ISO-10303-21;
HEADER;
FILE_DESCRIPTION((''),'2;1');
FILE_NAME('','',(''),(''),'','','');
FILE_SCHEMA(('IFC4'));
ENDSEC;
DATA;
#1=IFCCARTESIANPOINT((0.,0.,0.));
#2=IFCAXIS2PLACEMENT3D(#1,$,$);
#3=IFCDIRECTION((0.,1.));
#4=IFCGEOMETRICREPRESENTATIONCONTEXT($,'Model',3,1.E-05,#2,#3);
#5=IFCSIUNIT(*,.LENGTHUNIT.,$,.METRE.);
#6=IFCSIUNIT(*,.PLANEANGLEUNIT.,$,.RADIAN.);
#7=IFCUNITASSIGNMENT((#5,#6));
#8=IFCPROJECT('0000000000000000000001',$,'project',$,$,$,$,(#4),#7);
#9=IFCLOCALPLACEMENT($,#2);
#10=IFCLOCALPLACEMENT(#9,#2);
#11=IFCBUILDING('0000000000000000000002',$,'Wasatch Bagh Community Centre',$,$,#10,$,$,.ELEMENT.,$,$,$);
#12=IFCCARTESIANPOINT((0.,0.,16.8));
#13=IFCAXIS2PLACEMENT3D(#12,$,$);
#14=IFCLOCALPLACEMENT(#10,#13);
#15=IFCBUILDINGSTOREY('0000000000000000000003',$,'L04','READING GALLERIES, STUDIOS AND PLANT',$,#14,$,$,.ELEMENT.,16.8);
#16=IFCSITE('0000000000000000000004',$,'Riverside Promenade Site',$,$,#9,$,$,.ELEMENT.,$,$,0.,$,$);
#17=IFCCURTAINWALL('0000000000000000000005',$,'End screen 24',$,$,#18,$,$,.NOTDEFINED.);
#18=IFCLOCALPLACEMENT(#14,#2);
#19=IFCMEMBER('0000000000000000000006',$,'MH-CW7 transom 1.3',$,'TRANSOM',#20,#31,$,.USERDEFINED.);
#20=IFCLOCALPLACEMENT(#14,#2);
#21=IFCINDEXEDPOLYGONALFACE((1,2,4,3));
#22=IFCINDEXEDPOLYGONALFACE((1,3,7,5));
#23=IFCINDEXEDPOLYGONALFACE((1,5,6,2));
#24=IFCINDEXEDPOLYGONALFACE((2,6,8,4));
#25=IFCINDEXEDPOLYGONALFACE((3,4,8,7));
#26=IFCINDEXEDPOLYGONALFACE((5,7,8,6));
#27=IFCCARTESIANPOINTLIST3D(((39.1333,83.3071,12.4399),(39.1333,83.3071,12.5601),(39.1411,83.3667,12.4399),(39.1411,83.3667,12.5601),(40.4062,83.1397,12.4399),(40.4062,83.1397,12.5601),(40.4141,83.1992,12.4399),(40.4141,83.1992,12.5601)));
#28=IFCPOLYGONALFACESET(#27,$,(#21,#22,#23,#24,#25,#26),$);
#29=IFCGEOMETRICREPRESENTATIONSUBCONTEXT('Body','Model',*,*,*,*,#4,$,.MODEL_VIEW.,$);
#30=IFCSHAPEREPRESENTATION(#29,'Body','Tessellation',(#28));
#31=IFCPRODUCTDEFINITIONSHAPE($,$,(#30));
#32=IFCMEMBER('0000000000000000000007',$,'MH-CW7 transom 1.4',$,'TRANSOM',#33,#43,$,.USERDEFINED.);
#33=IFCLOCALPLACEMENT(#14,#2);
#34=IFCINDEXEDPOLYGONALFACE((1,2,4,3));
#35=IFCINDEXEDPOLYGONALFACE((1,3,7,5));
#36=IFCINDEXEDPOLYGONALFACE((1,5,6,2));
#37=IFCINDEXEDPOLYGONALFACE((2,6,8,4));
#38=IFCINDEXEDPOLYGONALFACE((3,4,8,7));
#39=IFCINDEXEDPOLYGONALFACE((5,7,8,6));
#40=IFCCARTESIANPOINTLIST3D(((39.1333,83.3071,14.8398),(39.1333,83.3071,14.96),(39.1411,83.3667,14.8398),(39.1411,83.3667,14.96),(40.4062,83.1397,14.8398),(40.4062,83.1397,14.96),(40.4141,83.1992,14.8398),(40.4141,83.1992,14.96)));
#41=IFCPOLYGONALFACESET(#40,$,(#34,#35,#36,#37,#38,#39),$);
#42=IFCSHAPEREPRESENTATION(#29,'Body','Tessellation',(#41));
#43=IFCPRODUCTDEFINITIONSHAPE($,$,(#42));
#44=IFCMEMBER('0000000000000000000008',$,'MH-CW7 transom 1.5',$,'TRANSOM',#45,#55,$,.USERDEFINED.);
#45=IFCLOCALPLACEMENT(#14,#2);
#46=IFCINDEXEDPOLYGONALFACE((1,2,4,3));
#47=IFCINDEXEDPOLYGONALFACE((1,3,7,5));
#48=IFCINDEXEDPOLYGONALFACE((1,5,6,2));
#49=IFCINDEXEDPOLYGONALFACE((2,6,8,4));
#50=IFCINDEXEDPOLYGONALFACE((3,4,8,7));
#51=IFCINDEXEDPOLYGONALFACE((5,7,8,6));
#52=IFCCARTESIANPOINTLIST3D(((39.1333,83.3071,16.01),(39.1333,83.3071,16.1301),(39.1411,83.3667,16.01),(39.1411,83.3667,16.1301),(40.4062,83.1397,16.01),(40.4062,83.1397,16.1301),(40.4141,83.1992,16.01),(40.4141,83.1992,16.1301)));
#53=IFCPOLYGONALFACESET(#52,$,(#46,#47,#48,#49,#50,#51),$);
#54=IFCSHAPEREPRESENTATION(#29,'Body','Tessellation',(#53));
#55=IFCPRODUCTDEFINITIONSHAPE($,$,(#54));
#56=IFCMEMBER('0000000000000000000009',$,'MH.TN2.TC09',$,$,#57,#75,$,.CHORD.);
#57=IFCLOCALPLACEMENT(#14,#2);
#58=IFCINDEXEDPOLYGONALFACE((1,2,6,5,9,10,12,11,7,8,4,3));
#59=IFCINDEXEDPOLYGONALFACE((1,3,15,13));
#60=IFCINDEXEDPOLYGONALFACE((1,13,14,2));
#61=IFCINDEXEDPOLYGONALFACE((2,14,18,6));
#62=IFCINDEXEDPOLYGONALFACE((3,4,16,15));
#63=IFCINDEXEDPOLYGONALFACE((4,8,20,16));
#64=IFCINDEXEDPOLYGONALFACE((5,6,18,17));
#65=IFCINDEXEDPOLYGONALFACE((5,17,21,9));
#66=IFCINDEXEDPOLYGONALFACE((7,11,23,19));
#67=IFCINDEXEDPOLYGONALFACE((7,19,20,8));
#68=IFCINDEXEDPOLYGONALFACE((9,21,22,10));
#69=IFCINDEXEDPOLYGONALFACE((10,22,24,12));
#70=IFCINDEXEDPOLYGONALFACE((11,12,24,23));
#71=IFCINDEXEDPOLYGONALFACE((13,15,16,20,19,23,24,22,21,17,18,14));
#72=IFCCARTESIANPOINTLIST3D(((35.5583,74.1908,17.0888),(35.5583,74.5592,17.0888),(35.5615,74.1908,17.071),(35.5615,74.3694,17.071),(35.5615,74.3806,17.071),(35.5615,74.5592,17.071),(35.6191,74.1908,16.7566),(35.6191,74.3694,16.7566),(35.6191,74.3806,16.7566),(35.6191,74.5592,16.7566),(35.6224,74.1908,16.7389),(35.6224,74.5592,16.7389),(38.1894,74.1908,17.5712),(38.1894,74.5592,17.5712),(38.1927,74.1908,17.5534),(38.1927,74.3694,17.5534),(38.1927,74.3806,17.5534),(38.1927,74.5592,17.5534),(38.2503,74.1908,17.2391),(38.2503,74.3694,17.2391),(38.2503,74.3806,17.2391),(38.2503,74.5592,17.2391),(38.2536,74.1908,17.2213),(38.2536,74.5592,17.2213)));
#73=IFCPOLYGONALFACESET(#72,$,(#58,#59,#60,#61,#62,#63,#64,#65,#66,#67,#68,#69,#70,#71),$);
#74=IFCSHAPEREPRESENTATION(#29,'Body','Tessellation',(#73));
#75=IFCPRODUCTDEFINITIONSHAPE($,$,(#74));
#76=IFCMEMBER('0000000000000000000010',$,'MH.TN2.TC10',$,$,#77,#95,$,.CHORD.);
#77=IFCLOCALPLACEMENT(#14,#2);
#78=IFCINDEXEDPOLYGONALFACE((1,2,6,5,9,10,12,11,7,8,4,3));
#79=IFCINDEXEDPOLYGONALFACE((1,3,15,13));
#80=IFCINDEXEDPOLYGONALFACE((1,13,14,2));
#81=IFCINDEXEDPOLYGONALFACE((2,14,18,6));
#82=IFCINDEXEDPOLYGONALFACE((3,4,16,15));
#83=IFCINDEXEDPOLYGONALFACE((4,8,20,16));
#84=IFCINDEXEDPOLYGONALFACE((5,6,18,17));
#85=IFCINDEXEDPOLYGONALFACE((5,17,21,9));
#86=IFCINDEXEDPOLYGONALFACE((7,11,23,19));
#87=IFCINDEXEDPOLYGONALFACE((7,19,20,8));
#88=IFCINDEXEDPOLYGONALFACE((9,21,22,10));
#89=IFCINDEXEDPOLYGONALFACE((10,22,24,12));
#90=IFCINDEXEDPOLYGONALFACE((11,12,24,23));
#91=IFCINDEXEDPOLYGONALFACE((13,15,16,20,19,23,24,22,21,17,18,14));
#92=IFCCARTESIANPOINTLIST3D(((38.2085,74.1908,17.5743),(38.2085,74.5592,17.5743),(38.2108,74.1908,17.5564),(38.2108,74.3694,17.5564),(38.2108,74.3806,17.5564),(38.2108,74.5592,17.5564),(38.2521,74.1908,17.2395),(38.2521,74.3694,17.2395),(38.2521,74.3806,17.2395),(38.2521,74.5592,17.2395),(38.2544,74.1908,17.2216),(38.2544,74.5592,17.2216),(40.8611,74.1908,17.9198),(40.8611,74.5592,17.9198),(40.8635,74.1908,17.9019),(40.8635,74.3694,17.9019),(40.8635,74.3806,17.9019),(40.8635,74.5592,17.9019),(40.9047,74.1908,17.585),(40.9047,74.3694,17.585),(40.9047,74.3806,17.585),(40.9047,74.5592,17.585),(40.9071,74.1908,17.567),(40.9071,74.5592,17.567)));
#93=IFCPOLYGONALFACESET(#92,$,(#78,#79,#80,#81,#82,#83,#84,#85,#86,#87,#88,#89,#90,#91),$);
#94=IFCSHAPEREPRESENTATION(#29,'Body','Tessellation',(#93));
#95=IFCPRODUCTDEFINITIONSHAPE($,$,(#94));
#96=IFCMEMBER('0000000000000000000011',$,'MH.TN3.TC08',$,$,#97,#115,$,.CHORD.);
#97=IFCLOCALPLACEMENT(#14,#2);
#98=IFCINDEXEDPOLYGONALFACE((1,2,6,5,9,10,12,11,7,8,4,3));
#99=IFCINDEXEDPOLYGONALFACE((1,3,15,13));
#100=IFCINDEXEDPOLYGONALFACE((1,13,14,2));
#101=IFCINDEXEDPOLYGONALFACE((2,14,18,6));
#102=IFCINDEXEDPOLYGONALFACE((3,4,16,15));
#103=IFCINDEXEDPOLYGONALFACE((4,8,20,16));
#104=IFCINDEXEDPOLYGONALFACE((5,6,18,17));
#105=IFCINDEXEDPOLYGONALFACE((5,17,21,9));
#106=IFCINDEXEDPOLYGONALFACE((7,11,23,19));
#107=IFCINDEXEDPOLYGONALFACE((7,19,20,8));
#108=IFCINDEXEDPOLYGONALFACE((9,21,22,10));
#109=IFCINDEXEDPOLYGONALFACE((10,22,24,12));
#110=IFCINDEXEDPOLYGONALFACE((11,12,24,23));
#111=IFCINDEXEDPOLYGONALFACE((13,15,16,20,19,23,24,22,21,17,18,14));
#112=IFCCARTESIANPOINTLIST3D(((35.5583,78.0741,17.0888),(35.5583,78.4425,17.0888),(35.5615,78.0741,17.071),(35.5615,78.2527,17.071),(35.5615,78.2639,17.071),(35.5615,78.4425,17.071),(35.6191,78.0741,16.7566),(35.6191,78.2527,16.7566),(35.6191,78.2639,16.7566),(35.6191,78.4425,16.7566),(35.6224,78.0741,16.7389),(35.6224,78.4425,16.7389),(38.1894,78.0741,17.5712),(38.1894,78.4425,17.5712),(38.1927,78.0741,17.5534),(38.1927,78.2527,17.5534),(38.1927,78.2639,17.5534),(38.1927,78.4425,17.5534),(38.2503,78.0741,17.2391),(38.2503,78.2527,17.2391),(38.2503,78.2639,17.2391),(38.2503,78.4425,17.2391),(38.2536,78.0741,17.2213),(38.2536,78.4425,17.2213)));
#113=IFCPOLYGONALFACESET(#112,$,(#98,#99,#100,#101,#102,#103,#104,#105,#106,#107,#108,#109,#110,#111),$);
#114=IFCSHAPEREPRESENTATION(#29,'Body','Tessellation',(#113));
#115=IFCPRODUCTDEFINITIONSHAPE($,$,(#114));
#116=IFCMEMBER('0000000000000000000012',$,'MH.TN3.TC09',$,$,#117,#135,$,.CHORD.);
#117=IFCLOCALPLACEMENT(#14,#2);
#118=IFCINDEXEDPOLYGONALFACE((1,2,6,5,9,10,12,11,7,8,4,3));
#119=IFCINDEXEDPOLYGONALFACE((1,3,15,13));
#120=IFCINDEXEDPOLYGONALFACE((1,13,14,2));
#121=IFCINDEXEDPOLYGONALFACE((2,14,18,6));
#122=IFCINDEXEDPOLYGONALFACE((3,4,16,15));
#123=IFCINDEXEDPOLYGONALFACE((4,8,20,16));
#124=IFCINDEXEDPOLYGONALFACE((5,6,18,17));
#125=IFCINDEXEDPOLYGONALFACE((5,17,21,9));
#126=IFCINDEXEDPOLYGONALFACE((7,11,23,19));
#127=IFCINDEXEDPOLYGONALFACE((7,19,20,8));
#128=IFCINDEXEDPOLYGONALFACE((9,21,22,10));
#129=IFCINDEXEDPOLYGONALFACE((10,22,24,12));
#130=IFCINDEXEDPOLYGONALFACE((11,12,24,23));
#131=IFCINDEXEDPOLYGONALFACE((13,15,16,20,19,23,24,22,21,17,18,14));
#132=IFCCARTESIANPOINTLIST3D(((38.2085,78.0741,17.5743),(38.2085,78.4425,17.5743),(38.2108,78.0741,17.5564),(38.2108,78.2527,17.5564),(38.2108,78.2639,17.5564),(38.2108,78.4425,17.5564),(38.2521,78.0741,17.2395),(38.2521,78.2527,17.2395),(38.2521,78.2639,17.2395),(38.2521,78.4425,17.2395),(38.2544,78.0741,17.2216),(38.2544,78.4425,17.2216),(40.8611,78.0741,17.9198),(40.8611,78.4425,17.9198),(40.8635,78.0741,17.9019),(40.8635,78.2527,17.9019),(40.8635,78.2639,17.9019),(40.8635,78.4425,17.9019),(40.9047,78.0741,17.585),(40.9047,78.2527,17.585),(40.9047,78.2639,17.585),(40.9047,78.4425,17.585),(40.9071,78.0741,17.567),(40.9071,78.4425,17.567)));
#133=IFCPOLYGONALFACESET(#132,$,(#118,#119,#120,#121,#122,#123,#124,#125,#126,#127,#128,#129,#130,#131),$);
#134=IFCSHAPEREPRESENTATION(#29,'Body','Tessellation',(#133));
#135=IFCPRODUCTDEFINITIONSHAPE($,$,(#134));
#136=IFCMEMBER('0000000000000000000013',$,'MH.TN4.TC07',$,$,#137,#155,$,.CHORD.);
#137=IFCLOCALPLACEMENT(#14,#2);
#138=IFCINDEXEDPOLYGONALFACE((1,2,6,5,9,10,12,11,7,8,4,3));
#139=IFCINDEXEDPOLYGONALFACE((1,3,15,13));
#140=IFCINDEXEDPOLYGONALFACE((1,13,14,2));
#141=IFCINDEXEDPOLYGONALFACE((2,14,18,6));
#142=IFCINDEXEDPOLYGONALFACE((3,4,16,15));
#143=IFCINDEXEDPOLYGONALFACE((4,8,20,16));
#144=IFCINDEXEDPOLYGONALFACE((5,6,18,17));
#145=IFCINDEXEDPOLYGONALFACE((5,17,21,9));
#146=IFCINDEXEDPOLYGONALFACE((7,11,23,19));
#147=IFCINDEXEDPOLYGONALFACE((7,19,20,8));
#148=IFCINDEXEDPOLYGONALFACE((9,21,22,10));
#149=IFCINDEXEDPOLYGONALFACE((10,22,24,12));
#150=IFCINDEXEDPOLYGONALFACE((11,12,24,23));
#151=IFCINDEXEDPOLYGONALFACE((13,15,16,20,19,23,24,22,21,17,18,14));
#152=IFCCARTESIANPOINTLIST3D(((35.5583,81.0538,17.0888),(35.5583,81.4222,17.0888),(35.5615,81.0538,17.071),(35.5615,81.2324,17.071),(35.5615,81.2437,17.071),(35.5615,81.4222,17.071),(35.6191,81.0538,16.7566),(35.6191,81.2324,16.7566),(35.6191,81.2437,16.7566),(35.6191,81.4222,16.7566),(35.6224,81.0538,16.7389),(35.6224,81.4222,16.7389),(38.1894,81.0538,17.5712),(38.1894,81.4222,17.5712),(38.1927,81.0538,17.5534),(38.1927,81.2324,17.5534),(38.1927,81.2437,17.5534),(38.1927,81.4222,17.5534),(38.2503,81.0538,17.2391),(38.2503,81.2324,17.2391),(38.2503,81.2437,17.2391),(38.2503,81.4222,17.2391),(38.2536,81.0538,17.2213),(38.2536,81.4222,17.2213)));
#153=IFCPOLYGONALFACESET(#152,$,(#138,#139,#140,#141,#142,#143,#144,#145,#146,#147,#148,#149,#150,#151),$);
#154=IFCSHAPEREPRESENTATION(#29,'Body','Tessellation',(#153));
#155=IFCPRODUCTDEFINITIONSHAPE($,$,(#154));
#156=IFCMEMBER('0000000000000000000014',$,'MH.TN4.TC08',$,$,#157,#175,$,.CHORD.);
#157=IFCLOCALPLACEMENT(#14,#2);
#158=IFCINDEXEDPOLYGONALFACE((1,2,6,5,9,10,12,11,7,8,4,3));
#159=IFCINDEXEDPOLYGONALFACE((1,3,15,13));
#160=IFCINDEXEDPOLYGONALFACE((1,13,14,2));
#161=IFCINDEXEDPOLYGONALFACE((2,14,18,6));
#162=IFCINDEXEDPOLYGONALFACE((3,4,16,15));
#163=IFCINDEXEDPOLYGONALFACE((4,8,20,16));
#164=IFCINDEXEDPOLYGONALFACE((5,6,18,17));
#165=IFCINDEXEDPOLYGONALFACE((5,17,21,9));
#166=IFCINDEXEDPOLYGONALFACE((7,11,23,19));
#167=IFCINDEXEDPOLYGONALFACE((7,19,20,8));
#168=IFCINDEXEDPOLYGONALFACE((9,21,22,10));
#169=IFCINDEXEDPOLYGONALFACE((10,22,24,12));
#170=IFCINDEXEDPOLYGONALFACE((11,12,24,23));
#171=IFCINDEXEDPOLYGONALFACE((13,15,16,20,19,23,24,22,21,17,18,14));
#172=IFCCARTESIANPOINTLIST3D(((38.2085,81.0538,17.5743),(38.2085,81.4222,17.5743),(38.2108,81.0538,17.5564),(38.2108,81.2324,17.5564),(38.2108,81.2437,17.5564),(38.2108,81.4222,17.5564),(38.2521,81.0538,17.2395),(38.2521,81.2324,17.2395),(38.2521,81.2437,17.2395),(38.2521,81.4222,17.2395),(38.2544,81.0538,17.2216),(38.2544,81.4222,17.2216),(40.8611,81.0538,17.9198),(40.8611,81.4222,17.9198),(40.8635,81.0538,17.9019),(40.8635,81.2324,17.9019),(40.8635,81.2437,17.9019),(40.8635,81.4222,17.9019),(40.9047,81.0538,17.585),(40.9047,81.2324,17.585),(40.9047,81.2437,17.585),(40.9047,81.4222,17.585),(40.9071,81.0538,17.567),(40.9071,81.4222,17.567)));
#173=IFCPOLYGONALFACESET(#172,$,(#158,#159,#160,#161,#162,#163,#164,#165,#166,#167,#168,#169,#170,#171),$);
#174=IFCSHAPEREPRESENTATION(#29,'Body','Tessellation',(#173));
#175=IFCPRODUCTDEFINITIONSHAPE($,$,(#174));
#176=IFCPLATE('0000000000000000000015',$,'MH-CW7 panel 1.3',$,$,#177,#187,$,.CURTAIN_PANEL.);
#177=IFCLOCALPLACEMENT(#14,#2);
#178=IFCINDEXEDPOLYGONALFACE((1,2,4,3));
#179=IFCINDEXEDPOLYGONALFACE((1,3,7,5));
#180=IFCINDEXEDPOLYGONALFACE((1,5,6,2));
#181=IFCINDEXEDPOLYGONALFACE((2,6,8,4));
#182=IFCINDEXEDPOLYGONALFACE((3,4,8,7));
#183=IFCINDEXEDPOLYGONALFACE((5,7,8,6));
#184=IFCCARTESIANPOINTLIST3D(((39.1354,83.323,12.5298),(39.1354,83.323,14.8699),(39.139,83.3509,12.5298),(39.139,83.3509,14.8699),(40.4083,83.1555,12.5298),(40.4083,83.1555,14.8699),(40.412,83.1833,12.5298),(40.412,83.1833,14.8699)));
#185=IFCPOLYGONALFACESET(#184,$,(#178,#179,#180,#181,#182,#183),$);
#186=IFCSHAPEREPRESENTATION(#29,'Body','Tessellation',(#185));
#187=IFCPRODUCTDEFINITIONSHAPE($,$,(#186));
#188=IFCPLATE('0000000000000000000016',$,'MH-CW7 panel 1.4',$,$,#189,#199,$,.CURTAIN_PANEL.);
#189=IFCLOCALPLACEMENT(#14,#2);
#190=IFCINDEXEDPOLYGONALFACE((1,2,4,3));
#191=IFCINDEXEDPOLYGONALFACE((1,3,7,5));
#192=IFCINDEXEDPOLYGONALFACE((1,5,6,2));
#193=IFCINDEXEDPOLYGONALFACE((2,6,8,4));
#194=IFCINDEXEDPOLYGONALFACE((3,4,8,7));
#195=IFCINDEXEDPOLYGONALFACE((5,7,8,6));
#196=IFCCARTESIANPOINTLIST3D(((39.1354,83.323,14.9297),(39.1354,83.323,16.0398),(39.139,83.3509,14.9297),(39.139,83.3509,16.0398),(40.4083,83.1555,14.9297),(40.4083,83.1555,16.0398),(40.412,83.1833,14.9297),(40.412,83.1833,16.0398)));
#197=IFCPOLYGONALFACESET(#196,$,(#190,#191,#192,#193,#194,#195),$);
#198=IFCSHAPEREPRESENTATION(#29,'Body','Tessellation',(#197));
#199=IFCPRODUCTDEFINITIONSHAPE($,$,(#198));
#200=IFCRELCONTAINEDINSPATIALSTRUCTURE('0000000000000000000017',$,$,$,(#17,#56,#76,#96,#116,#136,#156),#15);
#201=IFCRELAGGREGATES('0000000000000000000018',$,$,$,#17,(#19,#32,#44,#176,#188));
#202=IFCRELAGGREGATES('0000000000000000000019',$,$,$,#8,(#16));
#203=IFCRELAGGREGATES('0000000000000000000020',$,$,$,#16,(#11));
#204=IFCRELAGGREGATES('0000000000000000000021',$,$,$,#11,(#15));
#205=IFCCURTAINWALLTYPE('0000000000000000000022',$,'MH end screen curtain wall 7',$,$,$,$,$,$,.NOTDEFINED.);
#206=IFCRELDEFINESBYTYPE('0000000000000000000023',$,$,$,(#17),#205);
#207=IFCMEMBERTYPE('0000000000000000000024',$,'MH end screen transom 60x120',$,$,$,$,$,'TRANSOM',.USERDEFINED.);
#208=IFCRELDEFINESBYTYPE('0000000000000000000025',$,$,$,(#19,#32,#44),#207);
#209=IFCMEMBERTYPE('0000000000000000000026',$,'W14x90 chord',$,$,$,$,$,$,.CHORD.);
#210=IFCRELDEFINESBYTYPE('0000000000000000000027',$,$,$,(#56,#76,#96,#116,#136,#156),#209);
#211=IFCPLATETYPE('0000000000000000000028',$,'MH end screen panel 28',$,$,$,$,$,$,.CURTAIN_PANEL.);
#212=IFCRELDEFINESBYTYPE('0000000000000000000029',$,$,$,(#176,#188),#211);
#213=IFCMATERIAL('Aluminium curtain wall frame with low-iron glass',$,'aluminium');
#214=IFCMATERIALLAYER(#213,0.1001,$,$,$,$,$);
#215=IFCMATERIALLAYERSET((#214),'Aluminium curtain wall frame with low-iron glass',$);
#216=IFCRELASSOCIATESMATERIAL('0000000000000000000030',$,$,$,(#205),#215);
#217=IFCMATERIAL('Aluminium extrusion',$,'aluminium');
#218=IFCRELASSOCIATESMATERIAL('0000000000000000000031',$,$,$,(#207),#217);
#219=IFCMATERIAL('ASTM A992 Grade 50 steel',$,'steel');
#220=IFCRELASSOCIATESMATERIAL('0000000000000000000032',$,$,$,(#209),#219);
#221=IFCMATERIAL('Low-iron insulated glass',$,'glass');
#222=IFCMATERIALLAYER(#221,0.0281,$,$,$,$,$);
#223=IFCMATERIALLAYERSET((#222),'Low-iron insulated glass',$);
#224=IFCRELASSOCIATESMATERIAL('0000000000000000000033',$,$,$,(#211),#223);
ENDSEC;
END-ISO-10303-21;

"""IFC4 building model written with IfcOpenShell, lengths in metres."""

from ifc_helpers import new_model, si_unit, direction, frame, origin, origin_2d, place, context, subcontext, project, spatial, rectangle, i_section, extrude, material, layer, layer_set, material_profile, profile_set, type_object, element, aggregate, save


model = new_model("IFC4")

# Units and contexts
model_context = context("Model", 3, precision=1e-05, world=origin(), true_north=direction((0.0, 1.0)))
body_context = subcontext(model_context, "Body", "Model", "MODEL_VIEW")
ifc_project = project(units=[si_unit("LENGTHUNIT", "METRE"), si_unit("PLANEANGLEUNIT", "RADIAN")], contexts=[model_context])

# Site, building, storey
site_placement = place(None, origin())
site = spatial("IfcSite", under=ifc_project, at=site_placement, Name="Riverside Promenade Site", CompositionType="ELEMENT", RefElevation=0.0)
building_placement = place(site_placement, origin())
building = spatial("IfcBuilding", under=site, at=building_placement, Name="Wasatch Bagh Community Centre", CompositionType="ELEMENT")
storey_placement = place(building_placement, frame((0.0, 0.0, 16.8)))
storey = spatial("IfcBuildingStorey", under=building, at=storey_placement, Name="L04", Description="READING GALLERIES, STUDIOS AND PLANT", CompositionType="ELEMENT", Elevation=16.8)

# Curtain wall, members
ifc_material_1 = material(Name="Aluminium curtain wall frame with low-iron glass", Category="aluminium")
ifc_layer_1 = layer(ifc_material_1, 0.1001)
ifc_layer_set_1 = layer_set([ifc_layer_1], Name="Aluminium curtain wall frame with low-iron glass")
curtain_wall_type = type_object("IfcCurtainWallType", Name="MH end screen curtain wall 7", PredefinedType="NOTDEFINED", material=ifc_layer_set_1)
curtain_wall_placement = place(storey_placement, origin())
curtain_wall = element("IfcCurtainWall", 1, at=curtain_wall_placement, inside=storey, type_object=curtain_wall_type, Name="End screen 24", PredefinedType="NOTDEFINED")
ifc_material_2 = material(Name="Aluminium extrusion", Category="aluminium")
ifc_material_profile_1 = material_profile(ifc_material_2, rectangle(XDim=0.0601, YDim=0.1201, at=origin_2d()), Name="AL 60x120")
ifc_profile_set_1 = profile_set([ifc_material_profile_1], Name="Aluminium extrusion")
member_type_1 = type_object("IfcMemberType", Name="MH end screen transom 60x120", ElementType="TRANSOM", PredefinedType="USERDEFINED", material=ifc_profile_set_1)
member_1_placement = place(storey_placement, frame((40.4102, 83.1694, 12.5), z_axis=(-0.991456, 0.130445, 0.0), x_axis=(-0.130445, -0.991456, 0.0)))
member_1 = element("IfcMember", 2, at=member_1_placement, type_object=member_type_1, Name="MH-CW7 transom 1.3", ObjectType="TRANSOM", PredefinedType="USERDEFINED", context=body_context, shape_type="SweptSolid", body=[
    extrude(rectangle(XDim=0.0601, YDim=0.1201, at=origin_2d()), origin(), (0.0, 0.0, 1.0), 1.2839),
])
member_2_placement = place(storey_placement, frame((40.4102, 83.1694, 14.8999), z_axis=(-0.991456, 0.130445, 0.0), x_axis=(-0.130445, -0.991456, 0.0)))
member_2 = element("IfcMember", 3, at=member_2_placement, type_object=member_type_1, Name="MH-CW7 transom 1.4", ObjectType="TRANSOM", PredefinedType="USERDEFINED", context=body_context, shape_type="SweptSolid", body=[
    extrude(rectangle(XDim=0.0601, YDim=0.1201, at=origin_2d()), origin(), (0.0, 0.0, 1.0), 1.2839),
])
member_3_placement = place(storey_placement, frame((40.4102, 83.1694, 16.0701), z_axis=(-0.991456, 0.130445, 0.0), x_axis=(-0.130445, -0.991456, 0.0)))
member_3 = element("IfcMember", 4, at=member_3_placement, type_object=member_type_1, Name="MH-CW7 transom 1.5", ObjectType="TRANSOM", PredefinedType="USERDEFINED", context=body_context, shape_type="SweptSolid", body=[
    extrude(rectangle(XDim=0.0601, YDim=0.1201, at=origin_2d()), origin(), (0.0, 0.0, 1.0), 1.2839),
])

# Members
ifc_material_3 = material(Name="ASTM A992 Grade 50 steel", Category="steel")
ifc_material_profile_2 = material_profile(ifc_material_3, i_section(OverallWidth=0.3684, OverallDepth=0.3557, WebThickness=0.0112, FlangeThickness=0.0181, at=origin_2d()), Name="W14x90")
ifc_profile_set_2 = profile_set([ifc_material_profile_2], Name="ASTM A992 Grade 50 steel")
member_type_2 = type_object("IfcMemberType", Name="W14x90 chord", PredefinedType="CHORD", material=ifc_profile_set_2)
for number, where, z_axis, x_axis, name in (
    (5, (35.5903, 74.375, 16.9138), (0.983603, 0.0, 0.180347), (0.0, 1.0, 0.0), "MH.TN2.TC09"),
    (6, (38.2314, 74.375, 17.3979), (0.991626, 0.0, 0.129144), (0.0, 1.0, 0.0), "MH.TN2.TC10"),
    (7, (35.5903, 78.2583, 16.9138), (0.983603, 0.0, 0.180347), (0.0, 1.0, 0.0), "MH.TN3.TC08"),
    (8, (38.2314, 78.2583, 17.3979), (0.991626, 0.0, 0.129144), (0.0, 1.0, 0.0), "MH.TN3.TC09"),
    (9, (35.5903, 81.238, 16.9138), (0.983603, 0.0, 0.180347), (0.0, 1.0, 0.0), "MH.TN4.TC07"),
    (10, (38.2314, 81.238, 17.3979), (0.991626, 0.0, 0.129144), (0.0, 1.0, 0.0), "MH.TN4.TC08"),
):
    element("IfcMember", number, at=place(storey_placement, frame(where, z_axis=z_axis, x_axis=x_axis)), inside=storey, type_object=member_type_2, Name=name, PredefinedType="CHORD", context=body_context, shape_type="SweptSolid", body=[
        extrude(i_section(OverallWidth=0.3684, OverallDepth=0.3557, WebThickness=0.0112, FlangeThickness=0.0181, at=origin_2d()), origin(), (0.0, 0.0, 1.0), 2.675),
    ])

# Plates
ifc_material_4 = material(Name="Low-iron insulated glass", Category="glass")
ifc_layer_2 = layer(ifc_material_4, 0.0281)
ifc_layer_set_2 = layer_set([ifc_layer_2], Name="Low-iron insulated glass")
plate_type = type_object("IfcPlateType", Name="MH end screen panel 28", PredefinedType="CURTAIN_PANEL", material=ifc_layer_set_2)
plate_1_placement = place(storey_placement, frame((39.7737, 83.2532, 12.5298), z_axis=(0.0, 0.0, 1.0), x_axis=(-0.991445, 0.130526, 0.0)))
plate_1 = element("IfcPlate", 11, at=plate_1_placement, type_object=plate_type, Name="MH-CW7 panel 1.3", PredefinedType="CURTAIN_PANEL", context=body_context, shape_type="SweptSolid", body=[
    extrude(rectangle(XDim=1.2839, YDim=0.0281, at=origin_2d()), origin(), (0.0, 0.0, 1.0), 2.3401),
])
plate_2_placement = place(storey_placement, frame((39.7737, 83.2532, 14.9297), z_axis=(0.0, 0.0, 1.0), x_axis=(-0.991445, 0.130526, 0.0)))
plate_2 = element("IfcPlate", 12, at=plate_2_placement, type_object=plate_type, Name="MH-CW7 panel 1.4", PredefinedType="CURTAIN_PANEL", context=body_context, shape_type="SweptSolid", body=[
    extrude(rectangle(XDim=1.2839, YDim=0.0281, at=origin_2d()), origin(), (0.0, 0.0, 1.0), 1.1101),
])
aggregate(curtain_wall, [member_1, member_2, member_3, plate_1, plate_2])

save(model, "model.ifc")
